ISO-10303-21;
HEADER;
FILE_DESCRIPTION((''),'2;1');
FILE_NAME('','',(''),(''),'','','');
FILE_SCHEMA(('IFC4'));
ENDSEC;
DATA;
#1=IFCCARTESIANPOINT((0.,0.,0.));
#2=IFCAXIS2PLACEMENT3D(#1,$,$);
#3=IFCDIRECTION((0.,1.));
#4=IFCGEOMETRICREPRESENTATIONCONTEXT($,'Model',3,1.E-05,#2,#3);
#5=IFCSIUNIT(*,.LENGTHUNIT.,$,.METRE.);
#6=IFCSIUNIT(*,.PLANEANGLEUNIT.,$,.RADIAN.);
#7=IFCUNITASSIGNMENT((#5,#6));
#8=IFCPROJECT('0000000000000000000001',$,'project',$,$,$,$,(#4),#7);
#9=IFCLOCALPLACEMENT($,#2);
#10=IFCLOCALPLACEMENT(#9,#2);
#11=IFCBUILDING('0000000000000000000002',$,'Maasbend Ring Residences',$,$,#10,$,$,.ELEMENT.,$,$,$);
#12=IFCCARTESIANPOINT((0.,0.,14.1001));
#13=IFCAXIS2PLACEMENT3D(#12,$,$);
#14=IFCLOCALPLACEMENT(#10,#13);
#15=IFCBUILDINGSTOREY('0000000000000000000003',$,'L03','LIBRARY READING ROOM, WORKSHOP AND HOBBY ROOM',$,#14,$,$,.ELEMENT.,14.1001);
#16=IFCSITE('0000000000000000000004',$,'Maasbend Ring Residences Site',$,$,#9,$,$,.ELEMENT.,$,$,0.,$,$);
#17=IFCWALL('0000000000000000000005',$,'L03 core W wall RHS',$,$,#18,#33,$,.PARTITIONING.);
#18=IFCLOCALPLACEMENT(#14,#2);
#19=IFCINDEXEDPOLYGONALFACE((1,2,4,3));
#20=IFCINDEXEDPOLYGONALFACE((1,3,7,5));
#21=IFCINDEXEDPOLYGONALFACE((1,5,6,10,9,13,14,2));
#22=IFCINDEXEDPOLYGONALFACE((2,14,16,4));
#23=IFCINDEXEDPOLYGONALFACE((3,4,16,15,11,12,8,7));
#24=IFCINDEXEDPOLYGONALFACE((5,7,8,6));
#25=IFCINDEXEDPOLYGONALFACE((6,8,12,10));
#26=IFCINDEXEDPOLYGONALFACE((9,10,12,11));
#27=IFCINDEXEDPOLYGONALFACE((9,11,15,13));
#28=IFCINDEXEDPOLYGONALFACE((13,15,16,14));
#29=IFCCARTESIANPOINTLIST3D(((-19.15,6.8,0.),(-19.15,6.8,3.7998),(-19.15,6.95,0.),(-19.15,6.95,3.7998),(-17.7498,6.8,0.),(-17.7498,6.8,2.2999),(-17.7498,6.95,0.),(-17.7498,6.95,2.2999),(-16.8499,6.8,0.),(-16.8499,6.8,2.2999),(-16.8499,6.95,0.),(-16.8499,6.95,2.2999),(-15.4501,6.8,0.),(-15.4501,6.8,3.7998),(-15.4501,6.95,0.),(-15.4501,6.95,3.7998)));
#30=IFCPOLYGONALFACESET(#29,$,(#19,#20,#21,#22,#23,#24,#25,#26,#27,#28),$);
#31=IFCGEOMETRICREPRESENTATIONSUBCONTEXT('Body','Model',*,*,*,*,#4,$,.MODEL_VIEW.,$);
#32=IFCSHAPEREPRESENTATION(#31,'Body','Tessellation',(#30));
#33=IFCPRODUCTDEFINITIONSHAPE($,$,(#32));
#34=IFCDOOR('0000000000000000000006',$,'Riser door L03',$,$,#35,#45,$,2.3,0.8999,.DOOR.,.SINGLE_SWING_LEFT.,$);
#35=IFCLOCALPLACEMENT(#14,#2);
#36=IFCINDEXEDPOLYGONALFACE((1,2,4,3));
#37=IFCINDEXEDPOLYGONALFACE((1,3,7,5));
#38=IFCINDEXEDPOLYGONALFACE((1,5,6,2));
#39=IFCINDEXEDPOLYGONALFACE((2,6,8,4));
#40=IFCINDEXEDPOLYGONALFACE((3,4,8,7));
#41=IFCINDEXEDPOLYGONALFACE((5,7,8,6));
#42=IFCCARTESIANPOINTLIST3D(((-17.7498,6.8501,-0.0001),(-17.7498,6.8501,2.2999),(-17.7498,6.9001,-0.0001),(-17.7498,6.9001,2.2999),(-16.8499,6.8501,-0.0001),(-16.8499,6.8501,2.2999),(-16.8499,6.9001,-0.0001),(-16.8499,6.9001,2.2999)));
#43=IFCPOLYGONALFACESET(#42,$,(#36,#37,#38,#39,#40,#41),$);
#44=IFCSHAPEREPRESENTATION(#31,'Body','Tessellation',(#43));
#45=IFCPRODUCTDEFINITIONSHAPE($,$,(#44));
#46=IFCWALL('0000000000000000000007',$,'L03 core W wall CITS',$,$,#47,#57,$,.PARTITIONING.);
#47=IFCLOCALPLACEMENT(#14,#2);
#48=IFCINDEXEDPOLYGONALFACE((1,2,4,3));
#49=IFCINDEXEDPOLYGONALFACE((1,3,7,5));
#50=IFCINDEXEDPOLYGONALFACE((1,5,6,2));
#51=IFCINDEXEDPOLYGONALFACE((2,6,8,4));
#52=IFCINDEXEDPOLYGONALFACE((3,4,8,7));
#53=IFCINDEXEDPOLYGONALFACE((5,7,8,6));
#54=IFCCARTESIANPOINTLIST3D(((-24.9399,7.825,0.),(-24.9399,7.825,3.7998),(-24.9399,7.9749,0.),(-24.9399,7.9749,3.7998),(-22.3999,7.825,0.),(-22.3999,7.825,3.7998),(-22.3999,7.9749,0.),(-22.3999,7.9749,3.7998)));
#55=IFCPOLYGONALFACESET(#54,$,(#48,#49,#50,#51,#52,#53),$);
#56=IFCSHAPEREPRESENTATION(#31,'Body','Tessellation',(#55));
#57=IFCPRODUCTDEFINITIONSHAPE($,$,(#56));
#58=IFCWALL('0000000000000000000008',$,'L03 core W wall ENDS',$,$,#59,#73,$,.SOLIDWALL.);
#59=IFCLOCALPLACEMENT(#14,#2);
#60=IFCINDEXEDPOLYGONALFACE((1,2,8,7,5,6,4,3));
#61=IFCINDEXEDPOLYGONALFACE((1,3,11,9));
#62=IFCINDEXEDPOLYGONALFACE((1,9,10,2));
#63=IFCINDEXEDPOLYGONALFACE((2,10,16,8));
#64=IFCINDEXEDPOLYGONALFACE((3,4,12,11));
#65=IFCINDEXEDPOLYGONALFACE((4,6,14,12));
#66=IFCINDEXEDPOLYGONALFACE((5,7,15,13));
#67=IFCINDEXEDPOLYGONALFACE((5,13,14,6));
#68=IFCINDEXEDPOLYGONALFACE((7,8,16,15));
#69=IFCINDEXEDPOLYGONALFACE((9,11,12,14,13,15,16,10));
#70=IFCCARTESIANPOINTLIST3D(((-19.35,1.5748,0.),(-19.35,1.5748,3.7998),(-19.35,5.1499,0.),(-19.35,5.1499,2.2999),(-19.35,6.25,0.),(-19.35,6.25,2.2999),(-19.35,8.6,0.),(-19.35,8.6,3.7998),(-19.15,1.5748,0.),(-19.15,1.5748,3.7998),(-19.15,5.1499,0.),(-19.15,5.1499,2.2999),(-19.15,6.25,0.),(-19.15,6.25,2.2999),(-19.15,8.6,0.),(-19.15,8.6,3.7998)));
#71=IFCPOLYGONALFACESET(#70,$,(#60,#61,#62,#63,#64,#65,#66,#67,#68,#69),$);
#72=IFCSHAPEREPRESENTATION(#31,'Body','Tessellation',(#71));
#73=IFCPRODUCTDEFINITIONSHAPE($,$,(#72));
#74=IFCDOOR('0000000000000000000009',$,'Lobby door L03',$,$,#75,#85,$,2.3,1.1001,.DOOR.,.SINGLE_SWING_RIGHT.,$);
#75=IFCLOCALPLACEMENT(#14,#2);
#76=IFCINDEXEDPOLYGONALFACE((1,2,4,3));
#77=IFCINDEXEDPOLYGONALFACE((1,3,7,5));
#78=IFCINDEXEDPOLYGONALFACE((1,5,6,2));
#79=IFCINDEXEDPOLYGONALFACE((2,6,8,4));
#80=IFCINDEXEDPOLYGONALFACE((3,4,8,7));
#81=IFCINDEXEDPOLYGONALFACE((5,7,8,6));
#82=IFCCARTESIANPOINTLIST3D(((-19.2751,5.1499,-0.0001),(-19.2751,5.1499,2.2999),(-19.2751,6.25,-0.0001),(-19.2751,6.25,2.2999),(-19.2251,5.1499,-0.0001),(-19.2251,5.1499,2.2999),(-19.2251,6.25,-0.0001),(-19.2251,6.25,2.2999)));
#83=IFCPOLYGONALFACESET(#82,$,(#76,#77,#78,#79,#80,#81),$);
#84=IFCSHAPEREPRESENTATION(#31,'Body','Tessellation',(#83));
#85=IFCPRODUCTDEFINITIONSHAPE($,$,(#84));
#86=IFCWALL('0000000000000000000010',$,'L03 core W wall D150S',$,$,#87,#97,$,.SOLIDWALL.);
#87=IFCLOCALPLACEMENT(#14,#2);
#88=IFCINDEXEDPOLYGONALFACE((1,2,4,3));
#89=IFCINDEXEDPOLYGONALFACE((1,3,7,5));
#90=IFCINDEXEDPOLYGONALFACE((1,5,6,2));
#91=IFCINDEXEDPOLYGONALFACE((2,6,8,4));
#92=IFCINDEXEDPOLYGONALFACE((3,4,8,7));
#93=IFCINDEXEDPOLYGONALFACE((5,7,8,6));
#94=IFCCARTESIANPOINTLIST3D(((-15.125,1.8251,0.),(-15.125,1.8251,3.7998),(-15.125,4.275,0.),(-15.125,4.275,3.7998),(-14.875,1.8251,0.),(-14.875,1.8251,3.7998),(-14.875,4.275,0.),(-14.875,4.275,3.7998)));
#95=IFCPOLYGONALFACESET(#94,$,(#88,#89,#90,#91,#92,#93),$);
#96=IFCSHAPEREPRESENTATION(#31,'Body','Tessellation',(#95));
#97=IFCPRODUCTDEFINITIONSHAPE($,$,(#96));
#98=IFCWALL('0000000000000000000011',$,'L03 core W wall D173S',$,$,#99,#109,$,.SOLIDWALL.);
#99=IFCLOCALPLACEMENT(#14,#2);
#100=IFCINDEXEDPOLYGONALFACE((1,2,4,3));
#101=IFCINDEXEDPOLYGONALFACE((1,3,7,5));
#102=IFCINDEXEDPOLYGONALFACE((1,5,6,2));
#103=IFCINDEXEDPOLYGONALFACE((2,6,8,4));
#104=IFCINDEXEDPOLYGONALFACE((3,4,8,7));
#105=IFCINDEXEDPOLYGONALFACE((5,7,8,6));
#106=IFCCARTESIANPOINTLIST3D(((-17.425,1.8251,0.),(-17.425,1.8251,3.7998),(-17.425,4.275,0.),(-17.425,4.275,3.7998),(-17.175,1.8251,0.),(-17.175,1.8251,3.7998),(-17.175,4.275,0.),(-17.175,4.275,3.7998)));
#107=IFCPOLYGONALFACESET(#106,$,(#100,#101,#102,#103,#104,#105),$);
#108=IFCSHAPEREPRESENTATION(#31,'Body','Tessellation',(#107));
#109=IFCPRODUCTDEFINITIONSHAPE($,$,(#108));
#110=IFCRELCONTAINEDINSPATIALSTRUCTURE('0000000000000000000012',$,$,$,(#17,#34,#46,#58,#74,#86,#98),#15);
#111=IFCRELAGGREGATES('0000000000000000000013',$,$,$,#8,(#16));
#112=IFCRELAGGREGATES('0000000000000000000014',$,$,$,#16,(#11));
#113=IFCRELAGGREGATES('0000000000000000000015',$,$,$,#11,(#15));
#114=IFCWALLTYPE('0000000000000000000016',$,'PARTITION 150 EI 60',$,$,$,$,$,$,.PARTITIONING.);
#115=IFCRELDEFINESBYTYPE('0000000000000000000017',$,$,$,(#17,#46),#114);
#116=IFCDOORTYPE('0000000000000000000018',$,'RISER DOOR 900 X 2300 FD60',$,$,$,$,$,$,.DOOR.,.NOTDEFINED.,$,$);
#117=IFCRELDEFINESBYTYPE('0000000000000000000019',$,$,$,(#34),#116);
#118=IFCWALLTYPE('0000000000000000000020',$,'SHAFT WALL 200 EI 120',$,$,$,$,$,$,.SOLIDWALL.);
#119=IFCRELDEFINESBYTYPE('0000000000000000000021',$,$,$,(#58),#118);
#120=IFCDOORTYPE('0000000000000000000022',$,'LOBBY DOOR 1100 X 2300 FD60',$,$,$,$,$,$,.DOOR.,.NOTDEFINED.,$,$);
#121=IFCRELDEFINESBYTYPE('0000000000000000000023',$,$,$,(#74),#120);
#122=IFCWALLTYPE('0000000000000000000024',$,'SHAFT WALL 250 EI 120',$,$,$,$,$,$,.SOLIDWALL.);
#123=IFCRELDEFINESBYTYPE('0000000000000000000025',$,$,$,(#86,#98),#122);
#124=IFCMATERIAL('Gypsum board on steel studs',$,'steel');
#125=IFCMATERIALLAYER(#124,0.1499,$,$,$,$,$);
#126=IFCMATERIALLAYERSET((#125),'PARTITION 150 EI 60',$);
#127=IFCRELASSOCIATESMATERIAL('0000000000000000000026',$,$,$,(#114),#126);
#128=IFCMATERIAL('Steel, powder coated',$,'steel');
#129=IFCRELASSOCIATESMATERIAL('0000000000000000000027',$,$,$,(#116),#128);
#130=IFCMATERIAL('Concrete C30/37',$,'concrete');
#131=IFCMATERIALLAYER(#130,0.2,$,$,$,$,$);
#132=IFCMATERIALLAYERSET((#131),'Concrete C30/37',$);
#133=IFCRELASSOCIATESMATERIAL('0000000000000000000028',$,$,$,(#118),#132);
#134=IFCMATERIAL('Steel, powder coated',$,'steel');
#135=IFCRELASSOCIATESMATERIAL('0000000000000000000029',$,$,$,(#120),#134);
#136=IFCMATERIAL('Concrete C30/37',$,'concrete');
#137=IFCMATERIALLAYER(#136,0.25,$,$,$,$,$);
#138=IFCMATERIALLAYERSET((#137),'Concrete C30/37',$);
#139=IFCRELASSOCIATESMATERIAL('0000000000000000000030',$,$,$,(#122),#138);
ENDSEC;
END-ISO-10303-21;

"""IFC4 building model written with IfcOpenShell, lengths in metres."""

from ifc_helpers import new_model, si_unit, direction, frame, frame_2d, origin, place, context, subcontext, project, spatial, rectangle, extrude, material, layer, layer_set, type_object, element, fill, save


model = new_model("IFC4")

# Units and contexts
model_context = context("Model", 3, precision=1e-05, world=origin(), true_north=direction((0.0, 1.0)))
body_context = subcontext(model_context, "Body", "Model", "MODEL_VIEW")
ifc_project = project(units=[si_unit("LENGTHUNIT", "METRE"), si_unit("PLANEANGLEUNIT", "RADIAN")], contexts=[model_context])

# Site, building, storey
site_placement = place(None, origin())
site = spatial("IfcSite", under=ifc_project, at=site_placement, Name="Maasbend Ring Residences Site", CompositionType="ELEMENT", RefElevation=0.0)
building_placement = place(site_placement, origin())
building = spatial("IfcBuilding", under=site, at=building_placement, Name="Maasbend Ring Residences", CompositionType="ELEMENT")
storey_placement = place(building_placement, frame((0.0, 0.0, 14.1001)))
storey = spatial("IfcBuildingStorey", under=building, at=storey_placement, Name="L03", Description="LIBRARY READING ROOM, WORKSHOP AND HOBBY ROOM", CompositionType="ELEMENT", Elevation=14.1001)

# Wall, opening, door
ifc_material_1 = material(Name="Gypsum board on steel studs", Category="steel")
ifc_layer_1 = layer(ifc_material_1, 0.1499)
ifc_layer_set_1 = layer_set([ifc_layer_1], Name="PARTITION 150 EI 60")
wall_type_1 = type_object("IfcWallType", Name="PARTITION 150 EI 60", PredefinedType="PARTITIONING", material=ifc_layer_set_1)
wall_1_placement = place(storey_placement, frame((-15.45, 6.875, 0.0), z_axis=(0.0, 0.0, 1.0), x_axis=(-1.0, 0.0, 0.0)))
wall_1 = element("IfcWall", 1, at=wall_1_placement, inside=storey, type_object=wall_type_1, Name="L03 core W wall RHS", PredefinedType="PARTITIONING", context=body_context, shape_type="SweptSolid", body=[
    extrude(rectangle(XDim=3.7, YDim=0.1499, at=frame_2d((1.8501, 0.0))), origin(), (0.0, 0.0, 1.0), 3.7998),
])
opening_1_placement = place(wall_1_placement, frame((1.3999, 0.0, 0.0)))
opening_1 = element("IfcOpeningElement", 2, at=opening_1_placement, cuts=wall_1, PredefinedType="OPENING", context=body_context, shape_type="SweptSolid", body=[
    extrude(rectangle(XDim=0.8999, YDim=2.3, at=frame_2d((0.45, 1.1499))), frame((0.0, 0.085, 0.0), z_axis=(0.0, -1.0, 0.0), x_axis=(1.0, 0.0, 0.0)), (0.0, 0.0, 1.0), 0.1699),
])
ifc_material_2 = material(Name="Steel, powder coated", Category="steel")
door_type_1 = type_object("IfcDoorType", Name="RISER DOOR 900 X 2300 FD60", OperationType="NOTDEFINED", PredefinedType="DOOR", material=ifc_material_2)
door_1_placement = place(opening_1_placement, origin())
door_1 = element("IfcDoor", 3, at=door_1_placement, inside=storey, type_object=door_type_1, Name="Riser door L03", OperationType="SINGLE_SWING_LEFT", OverallHeight=2.3, OverallWidth=0.8999, PredefinedType="DOOR", context=body_context, shape_type="SweptSolid", body=[
    extrude(rectangle(XDim=0.8999, YDim=2.3, at=frame_2d((0.45, 1.1499))), frame((0.0, 0.0249, 0.0), z_axis=(0.0, -1.0, 0.0), x_axis=(1.0, 0.0, 0.0)), (0.0, 0.0, 1.0), 0.05),
])
fill(opening_1, door_1)

# Wall
wall_2_placement = place(storey_placement, frame((-22.3999, 7.8999, 0.0), z_axis=(0.0, 0.0, 1.0), x_axis=(-1.0, 0.0, 0.0)))
element("IfcWall", 4, at=wall_2_placement, inside=storey, type_object=wall_type_1, Name="L03 core W wall CITS", PredefinedType="PARTITIONING", context=body_context, shape_type="SweptSolid", body=[
    extrude(rectangle(XDim=2.54, YDim=0.1499, at=frame_2d((1.27, 0.0))), origin(), (0.0, 0.0, 1.0), 3.7998),
])

# Wall, opening, door
ifc_material_3 = material(Name="Concrete C30/37", Category="concrete")
ifc_layer_2 = layer(ifc_material_3, 0.2)
ifc_layer_set_2 = layer_set([ifc_layer_2], Name="Concrete C30/37")
wall_type_2 = type_object("IfcWallType", Name="SHAFT WALL 200 EI 120", PredefinedType="SOLIDWALL", material=ifc_layer_set_2)
wall_3_placement = place(storey_placement, frame((-19.25, 8.6001, 0.0), z_axis=(0.0, 0.0, 1.0), x_axis=(0.0, -1.0, 0.0)))
wall_3 = element("IfcWall", 5, at=wall_3_placement, inside=storey, type_object=wall_type_2, Name="L03 core W wall ENDS", PredefinedType="SOLIDWALL", context=body_context, shape_type="SweptSolid", body=[
    extrude(rectangle(XDim=7.0251, YDim=0.2, at=frame_2d((3.5127, 0.0))), origin(), (0.0, 0.0, 1.0), 3.7998),
])
opening_2_placement = place(wall_3_placement, frame((2.3501, 0.0, 0.0)))
opening_2 = element("IfcOpeningElement", 6, at=opening_2_placement, cuts=wall_3, PredefinedType="OPENING", context=body_context, shape_type="SweptSolid", body=[
    extrude(rectangle(XDim=1.1001, YDim=2.3, at=frame_2d((0.55, 1.1499))), frame((0.0, 0.1099, 0.0), z_axis=(0.0, -1.0, 0.0), x_axis=(1.0, 0.0, 0.0)), (0.0, 0.0, 1.0), 0.22),
])
ifc_material_4 = material(Name="Steel, powder coated", Category="steel")
door_type_2 = type_object("IfcDoorType", Name="LOBBY DOOR 1100 X 2300 FD60", OperationType="NOTDEFINED", PredefinedType="DOOR", material=ifc_material_4)
door_2_placement = place(opening_2_placement, origin())
door_2 = element("IfcDoor", 7, at=door_2_placement, inside=storey, type_object=door_type_2, Name="Lobby door L03", OperationType="SINGLE_SWING_RIGHT", OverallHeight=2.3, OverallWidth=1.1001, PredefinedType="DOOR", context=body_context, shape_type="SweptSolid", body=[
    extrude(rectangle(XDim=1.1001, YDim=2.3, at=frame_2d((0.55, 1.1499))), frame((0.0, 0.0249, 0.0), z_axis=(0.0, -1.0, 0.0), x_axis=(1.0, 0.0, 0.0)), (0.0, 0.0, 1.0), 0.05),
])
fill(opening_2, door_2)

# Walls
ifc_material_5 = material(Name="Concrete C30/37", Category="concrete")
ifc_layer_3 = layer(ifc_material_5, 0.25)
ifc_layer_set_3 = layer_set([ifc_layer_3], Name="Concrete C30/37")
wall_type_3 = type_object("IfcWallType", Name="SHAFT WALL 250 EI 120", PredefinedType="SOLIDWALL", material=ifc_layer_set_3)
for number, where, z_axis, x_axis, name in (
    (8, (-15.0, 1.825, 0.0), (0.0, 0.0, 1.0), (0.0, 1.0, 0.0), "L03 core W wall D150S"),
    (9, (-17.3, 1.825, 0.0), (0.0, 0.0, 1.0), (0.0, 1.0, 0.0), "L03 core W wall D173S"),
):
    element("IfcWall", number, at=place(storey_placement, frame(where, z_axis=z_axis, x_axis=x_axis)), inside=storey, type_object=wall_type_3, Name=name, PredefinedType="SOLIDWALL", context=body_context, shape_type="SweptSolid", body=[
        extrude(rectangle(XDim=2.45, YDim=0.25, at=frame_2d((1.2251, 0.0))), origin(), (0.0, 0.0, 1.0), 3.7998),
    ])

save(model, "model.ifc")
